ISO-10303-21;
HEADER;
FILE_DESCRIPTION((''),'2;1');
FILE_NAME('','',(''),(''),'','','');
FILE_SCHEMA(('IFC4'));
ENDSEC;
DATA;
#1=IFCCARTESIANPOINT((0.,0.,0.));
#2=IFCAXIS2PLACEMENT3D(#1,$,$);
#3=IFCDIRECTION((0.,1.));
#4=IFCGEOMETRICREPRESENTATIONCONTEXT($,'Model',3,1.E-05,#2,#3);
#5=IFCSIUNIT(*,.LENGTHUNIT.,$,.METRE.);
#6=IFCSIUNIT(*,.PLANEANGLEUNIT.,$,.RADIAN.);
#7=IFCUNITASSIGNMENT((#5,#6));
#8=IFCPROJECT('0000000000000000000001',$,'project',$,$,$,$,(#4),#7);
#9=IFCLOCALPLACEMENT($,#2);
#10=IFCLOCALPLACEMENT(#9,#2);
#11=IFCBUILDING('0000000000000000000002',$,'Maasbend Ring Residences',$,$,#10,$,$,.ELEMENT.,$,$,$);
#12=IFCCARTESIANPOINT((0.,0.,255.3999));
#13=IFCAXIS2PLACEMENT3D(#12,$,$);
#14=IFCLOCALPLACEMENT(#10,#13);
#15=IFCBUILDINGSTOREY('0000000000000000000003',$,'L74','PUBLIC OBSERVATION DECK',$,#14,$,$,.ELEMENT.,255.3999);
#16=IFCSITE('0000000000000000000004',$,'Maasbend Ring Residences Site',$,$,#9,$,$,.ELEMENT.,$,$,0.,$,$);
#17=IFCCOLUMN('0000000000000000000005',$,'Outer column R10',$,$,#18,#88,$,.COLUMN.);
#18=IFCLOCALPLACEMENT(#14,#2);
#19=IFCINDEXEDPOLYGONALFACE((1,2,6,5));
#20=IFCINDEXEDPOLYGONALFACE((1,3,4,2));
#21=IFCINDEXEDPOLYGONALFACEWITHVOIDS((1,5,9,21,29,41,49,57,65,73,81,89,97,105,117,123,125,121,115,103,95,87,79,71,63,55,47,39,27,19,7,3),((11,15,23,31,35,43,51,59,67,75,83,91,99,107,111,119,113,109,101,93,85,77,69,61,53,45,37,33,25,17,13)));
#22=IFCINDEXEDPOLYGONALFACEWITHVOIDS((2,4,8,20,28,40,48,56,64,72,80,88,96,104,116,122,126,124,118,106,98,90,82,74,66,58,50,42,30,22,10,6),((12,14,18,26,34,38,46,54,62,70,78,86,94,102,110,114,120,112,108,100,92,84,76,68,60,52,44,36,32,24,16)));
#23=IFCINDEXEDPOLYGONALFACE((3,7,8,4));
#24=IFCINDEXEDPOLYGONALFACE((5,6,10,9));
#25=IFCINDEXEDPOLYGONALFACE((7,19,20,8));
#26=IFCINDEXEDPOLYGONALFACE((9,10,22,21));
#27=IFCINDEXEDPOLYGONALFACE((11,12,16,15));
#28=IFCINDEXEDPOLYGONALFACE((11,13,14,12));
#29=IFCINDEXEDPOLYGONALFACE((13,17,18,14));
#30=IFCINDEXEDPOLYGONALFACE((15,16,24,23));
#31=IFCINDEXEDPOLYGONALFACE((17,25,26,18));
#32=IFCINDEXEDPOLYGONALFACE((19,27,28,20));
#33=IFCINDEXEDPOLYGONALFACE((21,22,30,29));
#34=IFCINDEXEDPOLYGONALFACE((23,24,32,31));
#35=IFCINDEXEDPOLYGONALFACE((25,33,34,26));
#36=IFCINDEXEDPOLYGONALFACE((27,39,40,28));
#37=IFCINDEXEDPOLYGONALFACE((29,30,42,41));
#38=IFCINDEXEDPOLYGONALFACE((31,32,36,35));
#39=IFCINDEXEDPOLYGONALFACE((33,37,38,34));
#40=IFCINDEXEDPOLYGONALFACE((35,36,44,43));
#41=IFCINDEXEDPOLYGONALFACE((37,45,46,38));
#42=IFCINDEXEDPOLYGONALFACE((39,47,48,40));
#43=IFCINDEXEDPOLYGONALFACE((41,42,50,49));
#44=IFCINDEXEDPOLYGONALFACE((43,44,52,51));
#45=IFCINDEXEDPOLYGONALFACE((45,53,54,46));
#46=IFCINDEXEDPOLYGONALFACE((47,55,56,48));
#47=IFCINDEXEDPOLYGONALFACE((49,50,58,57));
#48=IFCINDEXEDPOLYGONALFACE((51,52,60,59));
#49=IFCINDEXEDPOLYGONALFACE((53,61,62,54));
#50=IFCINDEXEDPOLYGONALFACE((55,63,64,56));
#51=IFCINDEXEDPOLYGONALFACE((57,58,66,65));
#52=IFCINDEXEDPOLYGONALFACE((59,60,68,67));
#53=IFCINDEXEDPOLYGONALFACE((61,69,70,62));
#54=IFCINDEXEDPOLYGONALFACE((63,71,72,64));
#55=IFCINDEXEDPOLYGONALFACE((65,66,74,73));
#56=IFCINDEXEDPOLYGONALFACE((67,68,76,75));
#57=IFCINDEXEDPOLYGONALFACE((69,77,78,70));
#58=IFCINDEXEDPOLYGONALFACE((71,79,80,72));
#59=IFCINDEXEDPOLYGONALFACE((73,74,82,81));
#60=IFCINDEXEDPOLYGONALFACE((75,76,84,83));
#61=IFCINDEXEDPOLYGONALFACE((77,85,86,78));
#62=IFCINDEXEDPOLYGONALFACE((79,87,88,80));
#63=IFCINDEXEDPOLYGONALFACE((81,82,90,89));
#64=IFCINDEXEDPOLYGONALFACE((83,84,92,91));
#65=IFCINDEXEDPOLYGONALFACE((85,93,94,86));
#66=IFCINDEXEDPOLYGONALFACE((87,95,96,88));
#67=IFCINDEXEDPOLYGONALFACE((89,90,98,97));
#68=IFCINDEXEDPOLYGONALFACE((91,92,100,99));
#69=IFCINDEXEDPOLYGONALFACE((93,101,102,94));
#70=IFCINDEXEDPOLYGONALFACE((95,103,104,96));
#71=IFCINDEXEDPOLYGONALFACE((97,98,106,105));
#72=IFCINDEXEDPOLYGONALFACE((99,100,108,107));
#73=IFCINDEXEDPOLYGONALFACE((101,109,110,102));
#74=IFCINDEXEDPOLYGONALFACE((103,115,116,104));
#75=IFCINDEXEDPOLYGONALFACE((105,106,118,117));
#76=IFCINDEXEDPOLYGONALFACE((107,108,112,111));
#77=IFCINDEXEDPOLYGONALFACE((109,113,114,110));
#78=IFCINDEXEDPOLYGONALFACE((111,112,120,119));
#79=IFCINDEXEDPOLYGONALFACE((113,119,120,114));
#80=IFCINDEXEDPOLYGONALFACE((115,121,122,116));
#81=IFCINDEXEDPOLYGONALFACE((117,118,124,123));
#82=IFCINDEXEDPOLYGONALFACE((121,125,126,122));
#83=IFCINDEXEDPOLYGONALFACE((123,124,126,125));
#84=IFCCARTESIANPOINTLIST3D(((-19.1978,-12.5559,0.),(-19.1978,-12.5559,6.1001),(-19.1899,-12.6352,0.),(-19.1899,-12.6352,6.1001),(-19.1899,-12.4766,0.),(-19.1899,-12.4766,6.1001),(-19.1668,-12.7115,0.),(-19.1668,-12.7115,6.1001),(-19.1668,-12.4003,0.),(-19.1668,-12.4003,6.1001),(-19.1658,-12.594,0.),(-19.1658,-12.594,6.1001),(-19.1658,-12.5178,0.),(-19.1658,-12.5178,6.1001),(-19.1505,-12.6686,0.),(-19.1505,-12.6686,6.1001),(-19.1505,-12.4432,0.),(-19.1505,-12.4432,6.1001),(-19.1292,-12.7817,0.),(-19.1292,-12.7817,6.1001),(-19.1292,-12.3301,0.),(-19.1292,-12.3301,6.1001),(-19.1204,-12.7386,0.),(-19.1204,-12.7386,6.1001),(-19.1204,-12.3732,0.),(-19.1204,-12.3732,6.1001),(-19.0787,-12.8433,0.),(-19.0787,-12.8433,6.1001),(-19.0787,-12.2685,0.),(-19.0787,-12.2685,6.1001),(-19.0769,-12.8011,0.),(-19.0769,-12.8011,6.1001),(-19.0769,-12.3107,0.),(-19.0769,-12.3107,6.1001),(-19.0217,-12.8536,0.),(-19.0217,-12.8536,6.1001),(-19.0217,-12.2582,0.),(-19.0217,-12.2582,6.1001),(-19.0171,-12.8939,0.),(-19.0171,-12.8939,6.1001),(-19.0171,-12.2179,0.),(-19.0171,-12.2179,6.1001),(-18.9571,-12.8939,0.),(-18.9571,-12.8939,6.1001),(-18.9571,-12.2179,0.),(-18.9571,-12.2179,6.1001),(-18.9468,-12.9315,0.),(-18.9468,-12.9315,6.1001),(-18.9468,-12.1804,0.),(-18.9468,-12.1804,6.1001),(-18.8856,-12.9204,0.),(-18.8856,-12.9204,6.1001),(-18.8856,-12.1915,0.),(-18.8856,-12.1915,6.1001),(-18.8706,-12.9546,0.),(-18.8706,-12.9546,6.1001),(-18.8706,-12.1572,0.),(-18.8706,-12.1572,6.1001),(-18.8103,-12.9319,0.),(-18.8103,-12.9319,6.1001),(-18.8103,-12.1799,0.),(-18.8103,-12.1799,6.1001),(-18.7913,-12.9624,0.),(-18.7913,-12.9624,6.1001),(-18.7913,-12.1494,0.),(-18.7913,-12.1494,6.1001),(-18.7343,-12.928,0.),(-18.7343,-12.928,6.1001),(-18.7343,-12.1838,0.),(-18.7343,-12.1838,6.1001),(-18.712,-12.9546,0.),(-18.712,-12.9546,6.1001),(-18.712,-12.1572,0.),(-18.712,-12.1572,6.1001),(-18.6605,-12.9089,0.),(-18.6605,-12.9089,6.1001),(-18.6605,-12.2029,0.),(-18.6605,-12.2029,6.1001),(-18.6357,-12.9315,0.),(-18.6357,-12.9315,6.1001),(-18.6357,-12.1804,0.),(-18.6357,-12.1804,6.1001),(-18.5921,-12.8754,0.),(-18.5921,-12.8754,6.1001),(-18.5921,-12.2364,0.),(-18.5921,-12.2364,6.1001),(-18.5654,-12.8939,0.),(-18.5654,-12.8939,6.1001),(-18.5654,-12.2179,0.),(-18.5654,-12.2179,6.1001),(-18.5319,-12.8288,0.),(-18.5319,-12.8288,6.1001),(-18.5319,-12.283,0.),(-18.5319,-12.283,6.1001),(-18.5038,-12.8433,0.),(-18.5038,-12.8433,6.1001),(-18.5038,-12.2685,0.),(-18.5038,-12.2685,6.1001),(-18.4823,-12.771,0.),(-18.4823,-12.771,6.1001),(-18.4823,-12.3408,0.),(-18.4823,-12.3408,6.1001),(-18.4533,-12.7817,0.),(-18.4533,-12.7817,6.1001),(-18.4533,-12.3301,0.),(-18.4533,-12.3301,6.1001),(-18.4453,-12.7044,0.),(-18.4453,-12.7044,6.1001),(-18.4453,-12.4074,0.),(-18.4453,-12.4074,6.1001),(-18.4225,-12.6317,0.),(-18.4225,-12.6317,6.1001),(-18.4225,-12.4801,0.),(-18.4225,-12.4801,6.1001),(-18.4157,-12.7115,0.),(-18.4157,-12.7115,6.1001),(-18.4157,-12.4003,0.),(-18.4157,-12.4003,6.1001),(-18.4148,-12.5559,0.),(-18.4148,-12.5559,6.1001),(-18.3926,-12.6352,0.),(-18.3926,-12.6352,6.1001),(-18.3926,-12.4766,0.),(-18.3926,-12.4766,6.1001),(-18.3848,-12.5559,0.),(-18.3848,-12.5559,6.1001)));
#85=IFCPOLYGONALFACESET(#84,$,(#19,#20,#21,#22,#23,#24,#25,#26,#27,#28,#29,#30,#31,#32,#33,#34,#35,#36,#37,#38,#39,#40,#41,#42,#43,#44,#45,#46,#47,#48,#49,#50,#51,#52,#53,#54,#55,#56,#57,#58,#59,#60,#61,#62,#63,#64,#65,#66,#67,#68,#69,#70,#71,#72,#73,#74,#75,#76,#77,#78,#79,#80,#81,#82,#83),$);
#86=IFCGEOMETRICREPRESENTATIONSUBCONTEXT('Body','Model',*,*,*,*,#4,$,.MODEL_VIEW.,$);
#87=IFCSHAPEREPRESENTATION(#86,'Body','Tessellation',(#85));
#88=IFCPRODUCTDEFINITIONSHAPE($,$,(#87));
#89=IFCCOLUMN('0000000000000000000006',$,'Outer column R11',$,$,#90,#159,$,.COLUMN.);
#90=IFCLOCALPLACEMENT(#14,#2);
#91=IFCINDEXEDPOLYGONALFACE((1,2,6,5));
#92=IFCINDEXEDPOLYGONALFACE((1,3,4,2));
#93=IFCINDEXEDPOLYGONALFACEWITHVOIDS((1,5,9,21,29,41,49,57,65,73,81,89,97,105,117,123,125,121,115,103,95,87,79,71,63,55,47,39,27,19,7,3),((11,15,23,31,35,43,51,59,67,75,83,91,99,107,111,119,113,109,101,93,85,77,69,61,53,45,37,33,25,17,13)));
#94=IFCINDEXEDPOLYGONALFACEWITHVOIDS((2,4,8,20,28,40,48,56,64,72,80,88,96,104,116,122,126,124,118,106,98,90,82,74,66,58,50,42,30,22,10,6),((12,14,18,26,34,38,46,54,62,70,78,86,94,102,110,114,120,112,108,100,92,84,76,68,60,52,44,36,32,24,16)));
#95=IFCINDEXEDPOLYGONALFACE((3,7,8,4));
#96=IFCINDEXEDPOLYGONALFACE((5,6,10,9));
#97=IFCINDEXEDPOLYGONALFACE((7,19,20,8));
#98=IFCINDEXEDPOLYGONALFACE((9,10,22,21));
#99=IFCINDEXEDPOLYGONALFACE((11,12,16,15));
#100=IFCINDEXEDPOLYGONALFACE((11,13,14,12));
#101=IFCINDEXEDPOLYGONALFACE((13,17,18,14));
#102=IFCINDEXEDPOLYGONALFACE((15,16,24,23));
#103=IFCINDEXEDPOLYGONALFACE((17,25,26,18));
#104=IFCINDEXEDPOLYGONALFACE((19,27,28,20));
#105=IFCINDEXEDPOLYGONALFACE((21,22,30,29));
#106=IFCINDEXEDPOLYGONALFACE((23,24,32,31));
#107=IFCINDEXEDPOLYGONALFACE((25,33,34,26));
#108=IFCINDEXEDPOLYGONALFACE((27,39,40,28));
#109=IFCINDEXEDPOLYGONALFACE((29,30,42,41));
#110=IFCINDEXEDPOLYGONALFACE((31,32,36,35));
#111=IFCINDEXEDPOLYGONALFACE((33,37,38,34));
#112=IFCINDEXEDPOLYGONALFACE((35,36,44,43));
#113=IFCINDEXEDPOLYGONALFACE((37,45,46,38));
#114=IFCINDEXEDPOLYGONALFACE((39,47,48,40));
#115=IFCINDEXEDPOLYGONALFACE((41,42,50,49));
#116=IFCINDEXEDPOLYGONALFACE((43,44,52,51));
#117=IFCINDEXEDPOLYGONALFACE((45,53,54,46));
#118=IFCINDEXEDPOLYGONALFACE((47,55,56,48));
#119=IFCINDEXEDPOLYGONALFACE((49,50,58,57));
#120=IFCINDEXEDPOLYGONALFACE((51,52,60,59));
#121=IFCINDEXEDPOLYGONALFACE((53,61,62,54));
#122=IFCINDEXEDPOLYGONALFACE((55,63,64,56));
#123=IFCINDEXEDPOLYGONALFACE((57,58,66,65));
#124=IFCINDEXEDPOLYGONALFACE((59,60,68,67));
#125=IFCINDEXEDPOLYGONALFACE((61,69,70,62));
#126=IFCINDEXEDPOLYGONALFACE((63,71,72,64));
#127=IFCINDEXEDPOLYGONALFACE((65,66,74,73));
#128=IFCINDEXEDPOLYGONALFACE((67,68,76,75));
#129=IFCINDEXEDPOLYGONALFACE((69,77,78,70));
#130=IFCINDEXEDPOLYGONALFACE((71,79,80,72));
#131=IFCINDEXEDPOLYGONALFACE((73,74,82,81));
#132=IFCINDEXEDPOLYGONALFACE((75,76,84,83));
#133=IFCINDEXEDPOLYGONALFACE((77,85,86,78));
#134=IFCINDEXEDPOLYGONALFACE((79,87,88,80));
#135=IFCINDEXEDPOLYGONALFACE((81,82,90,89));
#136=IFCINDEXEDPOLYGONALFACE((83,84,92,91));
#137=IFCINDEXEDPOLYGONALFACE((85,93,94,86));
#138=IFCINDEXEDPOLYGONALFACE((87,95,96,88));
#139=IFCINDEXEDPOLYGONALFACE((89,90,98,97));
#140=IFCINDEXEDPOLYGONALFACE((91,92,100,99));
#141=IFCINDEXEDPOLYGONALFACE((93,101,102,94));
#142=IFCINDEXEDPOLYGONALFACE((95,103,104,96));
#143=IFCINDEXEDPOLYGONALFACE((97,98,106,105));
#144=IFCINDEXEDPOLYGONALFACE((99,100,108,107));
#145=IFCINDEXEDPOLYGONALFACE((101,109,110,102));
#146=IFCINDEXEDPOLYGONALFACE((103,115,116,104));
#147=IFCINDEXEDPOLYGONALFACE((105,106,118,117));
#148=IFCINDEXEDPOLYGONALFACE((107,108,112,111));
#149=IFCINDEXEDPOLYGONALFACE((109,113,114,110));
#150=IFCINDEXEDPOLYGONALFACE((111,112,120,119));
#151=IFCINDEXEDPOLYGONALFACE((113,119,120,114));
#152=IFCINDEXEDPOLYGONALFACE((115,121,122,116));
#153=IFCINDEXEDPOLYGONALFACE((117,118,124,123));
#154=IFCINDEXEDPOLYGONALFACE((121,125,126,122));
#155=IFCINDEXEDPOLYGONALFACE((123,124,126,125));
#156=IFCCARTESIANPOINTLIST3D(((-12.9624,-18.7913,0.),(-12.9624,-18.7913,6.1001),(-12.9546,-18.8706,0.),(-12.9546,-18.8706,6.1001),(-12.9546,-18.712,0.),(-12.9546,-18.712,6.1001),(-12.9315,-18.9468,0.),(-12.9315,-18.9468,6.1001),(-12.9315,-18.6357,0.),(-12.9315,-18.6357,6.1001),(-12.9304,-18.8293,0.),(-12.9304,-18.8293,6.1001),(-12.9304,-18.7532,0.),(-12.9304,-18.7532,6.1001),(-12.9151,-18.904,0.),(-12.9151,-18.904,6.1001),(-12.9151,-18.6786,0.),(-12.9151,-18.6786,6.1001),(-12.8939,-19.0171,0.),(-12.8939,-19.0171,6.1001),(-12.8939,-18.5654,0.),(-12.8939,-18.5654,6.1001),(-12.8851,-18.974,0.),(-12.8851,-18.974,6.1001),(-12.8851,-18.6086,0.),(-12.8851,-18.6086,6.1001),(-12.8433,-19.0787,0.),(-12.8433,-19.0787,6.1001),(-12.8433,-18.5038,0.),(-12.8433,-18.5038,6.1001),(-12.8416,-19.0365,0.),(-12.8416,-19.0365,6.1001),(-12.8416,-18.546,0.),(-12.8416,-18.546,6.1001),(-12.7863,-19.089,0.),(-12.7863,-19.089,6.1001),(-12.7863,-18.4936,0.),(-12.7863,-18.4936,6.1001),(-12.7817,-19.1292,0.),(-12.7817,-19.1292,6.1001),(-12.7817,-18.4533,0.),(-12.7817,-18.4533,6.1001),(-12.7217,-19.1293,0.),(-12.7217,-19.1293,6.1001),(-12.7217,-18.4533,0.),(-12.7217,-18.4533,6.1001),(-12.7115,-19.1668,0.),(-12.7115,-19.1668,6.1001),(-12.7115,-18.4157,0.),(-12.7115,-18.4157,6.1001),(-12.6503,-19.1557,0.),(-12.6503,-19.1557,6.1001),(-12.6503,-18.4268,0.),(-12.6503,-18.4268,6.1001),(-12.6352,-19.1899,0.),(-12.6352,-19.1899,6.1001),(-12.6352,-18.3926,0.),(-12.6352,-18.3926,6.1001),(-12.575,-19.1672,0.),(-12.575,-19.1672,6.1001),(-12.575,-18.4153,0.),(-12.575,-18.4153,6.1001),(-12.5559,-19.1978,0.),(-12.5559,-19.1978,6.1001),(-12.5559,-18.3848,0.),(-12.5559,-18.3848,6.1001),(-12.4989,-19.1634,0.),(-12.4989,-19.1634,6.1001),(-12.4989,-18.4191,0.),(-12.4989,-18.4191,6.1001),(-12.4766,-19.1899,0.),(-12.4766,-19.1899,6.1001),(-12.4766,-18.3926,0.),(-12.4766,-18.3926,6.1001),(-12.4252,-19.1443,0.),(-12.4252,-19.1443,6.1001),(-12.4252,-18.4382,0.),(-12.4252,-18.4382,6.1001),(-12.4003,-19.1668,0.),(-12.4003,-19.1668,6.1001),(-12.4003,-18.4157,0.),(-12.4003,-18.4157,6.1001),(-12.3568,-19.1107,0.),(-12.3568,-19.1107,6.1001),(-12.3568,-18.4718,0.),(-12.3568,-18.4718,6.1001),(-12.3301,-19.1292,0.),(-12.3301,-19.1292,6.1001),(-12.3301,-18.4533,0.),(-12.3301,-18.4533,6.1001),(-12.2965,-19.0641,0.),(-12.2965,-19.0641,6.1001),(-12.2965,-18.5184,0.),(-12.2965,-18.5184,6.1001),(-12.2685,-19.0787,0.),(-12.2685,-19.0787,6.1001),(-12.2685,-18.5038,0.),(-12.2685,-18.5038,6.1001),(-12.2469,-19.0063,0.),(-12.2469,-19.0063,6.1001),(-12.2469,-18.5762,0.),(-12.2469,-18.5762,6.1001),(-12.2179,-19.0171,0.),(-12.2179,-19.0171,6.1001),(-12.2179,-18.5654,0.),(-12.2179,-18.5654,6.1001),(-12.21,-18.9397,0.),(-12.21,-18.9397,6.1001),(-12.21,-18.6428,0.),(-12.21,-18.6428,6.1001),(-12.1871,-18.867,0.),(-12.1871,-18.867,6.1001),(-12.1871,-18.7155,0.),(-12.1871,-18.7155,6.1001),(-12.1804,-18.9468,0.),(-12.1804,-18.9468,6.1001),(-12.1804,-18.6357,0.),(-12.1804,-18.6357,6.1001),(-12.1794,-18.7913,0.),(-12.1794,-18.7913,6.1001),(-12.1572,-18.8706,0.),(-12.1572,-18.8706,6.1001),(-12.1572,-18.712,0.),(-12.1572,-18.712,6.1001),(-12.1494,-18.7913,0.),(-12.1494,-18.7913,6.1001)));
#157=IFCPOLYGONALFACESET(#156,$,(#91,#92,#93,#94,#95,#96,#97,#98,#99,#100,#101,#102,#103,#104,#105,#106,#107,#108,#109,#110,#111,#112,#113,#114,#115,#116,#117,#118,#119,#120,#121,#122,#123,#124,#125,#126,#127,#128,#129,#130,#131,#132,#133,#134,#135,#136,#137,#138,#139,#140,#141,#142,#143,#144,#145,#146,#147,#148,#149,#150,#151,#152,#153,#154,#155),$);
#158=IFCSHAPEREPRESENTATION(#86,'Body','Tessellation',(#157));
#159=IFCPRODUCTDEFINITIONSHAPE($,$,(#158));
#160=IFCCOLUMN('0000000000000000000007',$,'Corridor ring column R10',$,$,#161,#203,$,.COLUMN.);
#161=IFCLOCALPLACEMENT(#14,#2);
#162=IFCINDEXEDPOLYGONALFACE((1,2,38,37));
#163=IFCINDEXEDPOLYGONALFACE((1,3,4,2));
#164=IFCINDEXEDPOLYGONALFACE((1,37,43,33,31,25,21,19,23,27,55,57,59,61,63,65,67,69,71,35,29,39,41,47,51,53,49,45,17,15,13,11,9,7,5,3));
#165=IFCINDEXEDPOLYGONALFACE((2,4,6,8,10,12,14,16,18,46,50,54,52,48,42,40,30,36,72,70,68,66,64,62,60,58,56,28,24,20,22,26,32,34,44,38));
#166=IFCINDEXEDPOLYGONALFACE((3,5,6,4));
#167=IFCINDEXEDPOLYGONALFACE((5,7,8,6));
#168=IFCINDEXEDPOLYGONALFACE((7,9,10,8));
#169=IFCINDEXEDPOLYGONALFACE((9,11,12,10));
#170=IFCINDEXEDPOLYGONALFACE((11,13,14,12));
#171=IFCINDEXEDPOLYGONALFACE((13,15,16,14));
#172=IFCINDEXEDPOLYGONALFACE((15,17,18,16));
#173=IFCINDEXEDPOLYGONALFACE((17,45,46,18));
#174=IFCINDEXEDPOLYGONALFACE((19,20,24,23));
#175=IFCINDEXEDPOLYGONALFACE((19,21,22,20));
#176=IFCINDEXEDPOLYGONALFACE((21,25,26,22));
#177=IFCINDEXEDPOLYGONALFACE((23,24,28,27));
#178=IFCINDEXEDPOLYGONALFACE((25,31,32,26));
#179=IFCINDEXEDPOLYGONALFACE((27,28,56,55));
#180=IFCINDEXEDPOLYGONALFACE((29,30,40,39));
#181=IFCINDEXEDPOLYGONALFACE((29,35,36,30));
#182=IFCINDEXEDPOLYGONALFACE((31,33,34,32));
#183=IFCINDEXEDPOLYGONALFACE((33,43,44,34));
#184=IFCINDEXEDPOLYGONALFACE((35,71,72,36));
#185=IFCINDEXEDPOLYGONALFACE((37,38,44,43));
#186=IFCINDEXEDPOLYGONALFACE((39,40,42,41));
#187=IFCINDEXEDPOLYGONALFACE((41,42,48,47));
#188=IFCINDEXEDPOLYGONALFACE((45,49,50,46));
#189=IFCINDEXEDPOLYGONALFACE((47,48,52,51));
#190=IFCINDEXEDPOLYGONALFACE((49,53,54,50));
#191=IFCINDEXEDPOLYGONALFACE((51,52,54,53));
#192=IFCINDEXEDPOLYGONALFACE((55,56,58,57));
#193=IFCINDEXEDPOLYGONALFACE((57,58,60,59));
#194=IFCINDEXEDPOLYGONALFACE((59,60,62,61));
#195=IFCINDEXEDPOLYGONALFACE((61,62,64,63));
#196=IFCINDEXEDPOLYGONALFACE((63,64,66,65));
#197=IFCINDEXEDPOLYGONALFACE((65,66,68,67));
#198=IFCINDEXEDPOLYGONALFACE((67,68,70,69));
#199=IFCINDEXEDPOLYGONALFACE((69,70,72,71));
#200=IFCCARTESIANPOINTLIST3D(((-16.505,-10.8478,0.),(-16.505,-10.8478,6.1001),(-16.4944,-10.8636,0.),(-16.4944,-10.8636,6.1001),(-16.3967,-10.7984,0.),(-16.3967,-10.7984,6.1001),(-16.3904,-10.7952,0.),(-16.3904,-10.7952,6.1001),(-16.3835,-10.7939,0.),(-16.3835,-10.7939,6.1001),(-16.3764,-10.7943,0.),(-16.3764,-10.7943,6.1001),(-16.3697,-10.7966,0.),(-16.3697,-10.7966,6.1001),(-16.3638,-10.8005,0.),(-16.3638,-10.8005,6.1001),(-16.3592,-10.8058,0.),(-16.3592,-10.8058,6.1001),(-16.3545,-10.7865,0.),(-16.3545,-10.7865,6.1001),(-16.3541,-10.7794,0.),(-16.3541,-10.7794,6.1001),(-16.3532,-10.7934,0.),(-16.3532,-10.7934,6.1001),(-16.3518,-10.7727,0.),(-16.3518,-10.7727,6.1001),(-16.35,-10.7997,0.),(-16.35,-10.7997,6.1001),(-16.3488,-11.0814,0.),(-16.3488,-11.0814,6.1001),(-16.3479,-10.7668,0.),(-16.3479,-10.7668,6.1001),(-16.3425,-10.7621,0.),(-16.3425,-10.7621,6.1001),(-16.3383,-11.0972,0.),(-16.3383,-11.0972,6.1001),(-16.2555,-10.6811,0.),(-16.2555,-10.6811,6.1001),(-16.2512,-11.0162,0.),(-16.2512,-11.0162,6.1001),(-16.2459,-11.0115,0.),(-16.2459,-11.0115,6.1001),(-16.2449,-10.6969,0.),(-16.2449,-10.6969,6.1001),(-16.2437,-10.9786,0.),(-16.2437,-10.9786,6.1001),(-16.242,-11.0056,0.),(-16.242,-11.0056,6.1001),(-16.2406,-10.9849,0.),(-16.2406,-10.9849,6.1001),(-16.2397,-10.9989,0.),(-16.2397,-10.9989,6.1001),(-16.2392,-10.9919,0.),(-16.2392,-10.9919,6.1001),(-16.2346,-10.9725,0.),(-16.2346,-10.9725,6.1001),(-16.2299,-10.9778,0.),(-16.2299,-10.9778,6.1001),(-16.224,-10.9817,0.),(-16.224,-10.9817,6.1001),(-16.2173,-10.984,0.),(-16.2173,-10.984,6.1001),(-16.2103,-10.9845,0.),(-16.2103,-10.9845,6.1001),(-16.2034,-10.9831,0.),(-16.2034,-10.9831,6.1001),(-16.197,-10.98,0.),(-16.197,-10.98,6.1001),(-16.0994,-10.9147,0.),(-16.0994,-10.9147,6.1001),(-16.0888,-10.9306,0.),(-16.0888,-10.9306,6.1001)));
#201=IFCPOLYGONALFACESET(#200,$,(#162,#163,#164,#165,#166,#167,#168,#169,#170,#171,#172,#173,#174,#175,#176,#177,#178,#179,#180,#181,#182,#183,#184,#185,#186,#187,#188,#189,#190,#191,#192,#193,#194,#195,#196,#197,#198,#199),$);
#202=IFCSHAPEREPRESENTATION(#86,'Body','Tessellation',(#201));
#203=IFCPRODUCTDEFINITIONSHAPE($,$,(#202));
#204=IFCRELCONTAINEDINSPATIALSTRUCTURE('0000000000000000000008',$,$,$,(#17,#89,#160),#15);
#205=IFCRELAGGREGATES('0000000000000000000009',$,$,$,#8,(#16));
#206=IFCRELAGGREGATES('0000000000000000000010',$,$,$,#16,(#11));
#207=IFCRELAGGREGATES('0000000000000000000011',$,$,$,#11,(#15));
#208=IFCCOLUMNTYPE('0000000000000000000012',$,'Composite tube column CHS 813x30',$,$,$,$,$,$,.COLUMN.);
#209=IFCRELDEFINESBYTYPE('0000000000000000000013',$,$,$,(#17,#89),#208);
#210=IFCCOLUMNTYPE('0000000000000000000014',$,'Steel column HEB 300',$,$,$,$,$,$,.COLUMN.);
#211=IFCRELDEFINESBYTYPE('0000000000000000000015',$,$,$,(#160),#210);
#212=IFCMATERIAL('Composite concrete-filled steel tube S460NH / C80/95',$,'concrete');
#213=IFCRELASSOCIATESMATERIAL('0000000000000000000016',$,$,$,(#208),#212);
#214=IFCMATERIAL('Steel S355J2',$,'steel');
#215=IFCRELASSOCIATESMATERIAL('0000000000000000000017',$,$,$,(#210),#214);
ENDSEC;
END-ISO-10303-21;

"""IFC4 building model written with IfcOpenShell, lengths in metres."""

from ifc_helpers import new_model, si_unit, direction, frame, origin, origin_2d, place, context, subcontext, project, spatial, hollow_circle, i_section, extrude, material, material_profile, profile_set, type_object, element, save


model = new_model("IFC4")

# Units and contexts
model_context = context("Model", 3, precision=1e-05, world=origin(), true_north=direction((0.0, 1.0)))
body_context = subcontext(model_context, "Body", "Model", "MODEL_VIEW")
ifc_project = project(units=[si_unit("LENGTHUNIT", "METRE"), si_unit("PLANEANGLEUNIT", "RADIAN")], contexts=[model_context])

# Site, building, storey
site_placement = place(None, origin())
site = spatial("IfcSite", under=ifc_project, at=site_placement, Name="Maasbend Ring Residences Site", CompositionType="ELEMENT", RefElevation=0.0)
building_placement = place(site_placement, origin())
building = spatial("IfcBuilding", under=site, at=building_placement, Name="Maasbend Ring Residences", CompositionType="ELEMENT")
storey_placement = place(building_placement, frame((0.0, 0.0, 255.3999)))
storey = spatial("IfcBuildingStorey", under=building, at=storey_placement, Name="L74", Description="PUBLIC OBSERVATION DECK", CompositionType="ELEMENT", Elevation=255.3999)

# Columns
ifc_material_1 = material(Name="Composite concrete-filled steel tube S460NH / C80/95", Category="concrete")
ifc_material_profile_1 = material_profile(ifc_material_1, hollow_circle(Radius=0.4065, WallThickness=0.03, at=origin_2d()), Name="Composite tube column CHS 813x30")
ifc_profile_set_1 = profile_set([ifc_material_profile_1], Name="Composite concrete-filled steel tube S460NH / C80/95")
column_type_1 = type_object("IfcColumnType", Name="Composite tube column CHS 813x30", PredefinedType="COLUMN", material=ifc_profile_set_1)
for number, where, z_axis, x_axis, name in (
    (1, (-18.7913, -12.5559, 0.0), (0.0, 0.0, 1.0), (1.0, 0.0, 0.0), "Outer column R10"),
    (2, (-12.5559, -18.7913, 0.0), (0.0, 0.0, 1.0), (1.0, 0.0, 0.0), "Outer column R11"),
):
    element("IfcColumn", number, at=place(storey_placement, frame(where, z_axis=z_axis, x_axis=x_axis)), inside=storey, type_object=column_type_1, Name=name, PredefinedType="COLUMN", context=body_context, shape_type="SweptSolid", body=[
        extrude(hollow_circle(Radius=0.4065, WallThickness=0.03, at=origin_2d()), origin(), (0.0, 0.0, 1.0), 6.1001),
    ])
ifc_material_2 = material(Name="Steel S355J2", Category="steel")
ifc_material_profile_2 = material_profile(ifc_material_2, i_section(OverallWidth=0.3, OverallDepth=0.3, WebThickness=0.011, FlangeThickness=0.019, FilletRadius=0.0271, at=origin_2d()), Name="HEB 300")
ifc_profile_set_2 = profile_set([ifc_material_profile_2], Name="Steel S355J2")
column_type_2 = type_object("IfcColumnType", Name="Steel column HEB 300", PredefinedType="COLUMN", material=ifc_profile_set_2)
column_placement = place(storey_placement, frame((-16.2969, -10.8892, 0.0), z_axis=(0.0, 0.0, 1.0), x_axis=(-0.83147, -0.55557, 0.0)))
element("IfcColumn", 3, at=column_placement, inside=storey, type_object=column_type_2, Name="Corridor ring column R10", PredefinedType="COLUMN", context=body_context, shape_type="SweptSolid", body=[
    extrude(i_section(OverallWidth=0.3, OverallDepth=0.3, WebThickness=0.011, FlangeThickness=0.019, FilletRadius=0.0271, at=origin_2d()), origin(), (0.0, 0.0, 1.0), 6.1001),
])

save(model, "model.ifc")
